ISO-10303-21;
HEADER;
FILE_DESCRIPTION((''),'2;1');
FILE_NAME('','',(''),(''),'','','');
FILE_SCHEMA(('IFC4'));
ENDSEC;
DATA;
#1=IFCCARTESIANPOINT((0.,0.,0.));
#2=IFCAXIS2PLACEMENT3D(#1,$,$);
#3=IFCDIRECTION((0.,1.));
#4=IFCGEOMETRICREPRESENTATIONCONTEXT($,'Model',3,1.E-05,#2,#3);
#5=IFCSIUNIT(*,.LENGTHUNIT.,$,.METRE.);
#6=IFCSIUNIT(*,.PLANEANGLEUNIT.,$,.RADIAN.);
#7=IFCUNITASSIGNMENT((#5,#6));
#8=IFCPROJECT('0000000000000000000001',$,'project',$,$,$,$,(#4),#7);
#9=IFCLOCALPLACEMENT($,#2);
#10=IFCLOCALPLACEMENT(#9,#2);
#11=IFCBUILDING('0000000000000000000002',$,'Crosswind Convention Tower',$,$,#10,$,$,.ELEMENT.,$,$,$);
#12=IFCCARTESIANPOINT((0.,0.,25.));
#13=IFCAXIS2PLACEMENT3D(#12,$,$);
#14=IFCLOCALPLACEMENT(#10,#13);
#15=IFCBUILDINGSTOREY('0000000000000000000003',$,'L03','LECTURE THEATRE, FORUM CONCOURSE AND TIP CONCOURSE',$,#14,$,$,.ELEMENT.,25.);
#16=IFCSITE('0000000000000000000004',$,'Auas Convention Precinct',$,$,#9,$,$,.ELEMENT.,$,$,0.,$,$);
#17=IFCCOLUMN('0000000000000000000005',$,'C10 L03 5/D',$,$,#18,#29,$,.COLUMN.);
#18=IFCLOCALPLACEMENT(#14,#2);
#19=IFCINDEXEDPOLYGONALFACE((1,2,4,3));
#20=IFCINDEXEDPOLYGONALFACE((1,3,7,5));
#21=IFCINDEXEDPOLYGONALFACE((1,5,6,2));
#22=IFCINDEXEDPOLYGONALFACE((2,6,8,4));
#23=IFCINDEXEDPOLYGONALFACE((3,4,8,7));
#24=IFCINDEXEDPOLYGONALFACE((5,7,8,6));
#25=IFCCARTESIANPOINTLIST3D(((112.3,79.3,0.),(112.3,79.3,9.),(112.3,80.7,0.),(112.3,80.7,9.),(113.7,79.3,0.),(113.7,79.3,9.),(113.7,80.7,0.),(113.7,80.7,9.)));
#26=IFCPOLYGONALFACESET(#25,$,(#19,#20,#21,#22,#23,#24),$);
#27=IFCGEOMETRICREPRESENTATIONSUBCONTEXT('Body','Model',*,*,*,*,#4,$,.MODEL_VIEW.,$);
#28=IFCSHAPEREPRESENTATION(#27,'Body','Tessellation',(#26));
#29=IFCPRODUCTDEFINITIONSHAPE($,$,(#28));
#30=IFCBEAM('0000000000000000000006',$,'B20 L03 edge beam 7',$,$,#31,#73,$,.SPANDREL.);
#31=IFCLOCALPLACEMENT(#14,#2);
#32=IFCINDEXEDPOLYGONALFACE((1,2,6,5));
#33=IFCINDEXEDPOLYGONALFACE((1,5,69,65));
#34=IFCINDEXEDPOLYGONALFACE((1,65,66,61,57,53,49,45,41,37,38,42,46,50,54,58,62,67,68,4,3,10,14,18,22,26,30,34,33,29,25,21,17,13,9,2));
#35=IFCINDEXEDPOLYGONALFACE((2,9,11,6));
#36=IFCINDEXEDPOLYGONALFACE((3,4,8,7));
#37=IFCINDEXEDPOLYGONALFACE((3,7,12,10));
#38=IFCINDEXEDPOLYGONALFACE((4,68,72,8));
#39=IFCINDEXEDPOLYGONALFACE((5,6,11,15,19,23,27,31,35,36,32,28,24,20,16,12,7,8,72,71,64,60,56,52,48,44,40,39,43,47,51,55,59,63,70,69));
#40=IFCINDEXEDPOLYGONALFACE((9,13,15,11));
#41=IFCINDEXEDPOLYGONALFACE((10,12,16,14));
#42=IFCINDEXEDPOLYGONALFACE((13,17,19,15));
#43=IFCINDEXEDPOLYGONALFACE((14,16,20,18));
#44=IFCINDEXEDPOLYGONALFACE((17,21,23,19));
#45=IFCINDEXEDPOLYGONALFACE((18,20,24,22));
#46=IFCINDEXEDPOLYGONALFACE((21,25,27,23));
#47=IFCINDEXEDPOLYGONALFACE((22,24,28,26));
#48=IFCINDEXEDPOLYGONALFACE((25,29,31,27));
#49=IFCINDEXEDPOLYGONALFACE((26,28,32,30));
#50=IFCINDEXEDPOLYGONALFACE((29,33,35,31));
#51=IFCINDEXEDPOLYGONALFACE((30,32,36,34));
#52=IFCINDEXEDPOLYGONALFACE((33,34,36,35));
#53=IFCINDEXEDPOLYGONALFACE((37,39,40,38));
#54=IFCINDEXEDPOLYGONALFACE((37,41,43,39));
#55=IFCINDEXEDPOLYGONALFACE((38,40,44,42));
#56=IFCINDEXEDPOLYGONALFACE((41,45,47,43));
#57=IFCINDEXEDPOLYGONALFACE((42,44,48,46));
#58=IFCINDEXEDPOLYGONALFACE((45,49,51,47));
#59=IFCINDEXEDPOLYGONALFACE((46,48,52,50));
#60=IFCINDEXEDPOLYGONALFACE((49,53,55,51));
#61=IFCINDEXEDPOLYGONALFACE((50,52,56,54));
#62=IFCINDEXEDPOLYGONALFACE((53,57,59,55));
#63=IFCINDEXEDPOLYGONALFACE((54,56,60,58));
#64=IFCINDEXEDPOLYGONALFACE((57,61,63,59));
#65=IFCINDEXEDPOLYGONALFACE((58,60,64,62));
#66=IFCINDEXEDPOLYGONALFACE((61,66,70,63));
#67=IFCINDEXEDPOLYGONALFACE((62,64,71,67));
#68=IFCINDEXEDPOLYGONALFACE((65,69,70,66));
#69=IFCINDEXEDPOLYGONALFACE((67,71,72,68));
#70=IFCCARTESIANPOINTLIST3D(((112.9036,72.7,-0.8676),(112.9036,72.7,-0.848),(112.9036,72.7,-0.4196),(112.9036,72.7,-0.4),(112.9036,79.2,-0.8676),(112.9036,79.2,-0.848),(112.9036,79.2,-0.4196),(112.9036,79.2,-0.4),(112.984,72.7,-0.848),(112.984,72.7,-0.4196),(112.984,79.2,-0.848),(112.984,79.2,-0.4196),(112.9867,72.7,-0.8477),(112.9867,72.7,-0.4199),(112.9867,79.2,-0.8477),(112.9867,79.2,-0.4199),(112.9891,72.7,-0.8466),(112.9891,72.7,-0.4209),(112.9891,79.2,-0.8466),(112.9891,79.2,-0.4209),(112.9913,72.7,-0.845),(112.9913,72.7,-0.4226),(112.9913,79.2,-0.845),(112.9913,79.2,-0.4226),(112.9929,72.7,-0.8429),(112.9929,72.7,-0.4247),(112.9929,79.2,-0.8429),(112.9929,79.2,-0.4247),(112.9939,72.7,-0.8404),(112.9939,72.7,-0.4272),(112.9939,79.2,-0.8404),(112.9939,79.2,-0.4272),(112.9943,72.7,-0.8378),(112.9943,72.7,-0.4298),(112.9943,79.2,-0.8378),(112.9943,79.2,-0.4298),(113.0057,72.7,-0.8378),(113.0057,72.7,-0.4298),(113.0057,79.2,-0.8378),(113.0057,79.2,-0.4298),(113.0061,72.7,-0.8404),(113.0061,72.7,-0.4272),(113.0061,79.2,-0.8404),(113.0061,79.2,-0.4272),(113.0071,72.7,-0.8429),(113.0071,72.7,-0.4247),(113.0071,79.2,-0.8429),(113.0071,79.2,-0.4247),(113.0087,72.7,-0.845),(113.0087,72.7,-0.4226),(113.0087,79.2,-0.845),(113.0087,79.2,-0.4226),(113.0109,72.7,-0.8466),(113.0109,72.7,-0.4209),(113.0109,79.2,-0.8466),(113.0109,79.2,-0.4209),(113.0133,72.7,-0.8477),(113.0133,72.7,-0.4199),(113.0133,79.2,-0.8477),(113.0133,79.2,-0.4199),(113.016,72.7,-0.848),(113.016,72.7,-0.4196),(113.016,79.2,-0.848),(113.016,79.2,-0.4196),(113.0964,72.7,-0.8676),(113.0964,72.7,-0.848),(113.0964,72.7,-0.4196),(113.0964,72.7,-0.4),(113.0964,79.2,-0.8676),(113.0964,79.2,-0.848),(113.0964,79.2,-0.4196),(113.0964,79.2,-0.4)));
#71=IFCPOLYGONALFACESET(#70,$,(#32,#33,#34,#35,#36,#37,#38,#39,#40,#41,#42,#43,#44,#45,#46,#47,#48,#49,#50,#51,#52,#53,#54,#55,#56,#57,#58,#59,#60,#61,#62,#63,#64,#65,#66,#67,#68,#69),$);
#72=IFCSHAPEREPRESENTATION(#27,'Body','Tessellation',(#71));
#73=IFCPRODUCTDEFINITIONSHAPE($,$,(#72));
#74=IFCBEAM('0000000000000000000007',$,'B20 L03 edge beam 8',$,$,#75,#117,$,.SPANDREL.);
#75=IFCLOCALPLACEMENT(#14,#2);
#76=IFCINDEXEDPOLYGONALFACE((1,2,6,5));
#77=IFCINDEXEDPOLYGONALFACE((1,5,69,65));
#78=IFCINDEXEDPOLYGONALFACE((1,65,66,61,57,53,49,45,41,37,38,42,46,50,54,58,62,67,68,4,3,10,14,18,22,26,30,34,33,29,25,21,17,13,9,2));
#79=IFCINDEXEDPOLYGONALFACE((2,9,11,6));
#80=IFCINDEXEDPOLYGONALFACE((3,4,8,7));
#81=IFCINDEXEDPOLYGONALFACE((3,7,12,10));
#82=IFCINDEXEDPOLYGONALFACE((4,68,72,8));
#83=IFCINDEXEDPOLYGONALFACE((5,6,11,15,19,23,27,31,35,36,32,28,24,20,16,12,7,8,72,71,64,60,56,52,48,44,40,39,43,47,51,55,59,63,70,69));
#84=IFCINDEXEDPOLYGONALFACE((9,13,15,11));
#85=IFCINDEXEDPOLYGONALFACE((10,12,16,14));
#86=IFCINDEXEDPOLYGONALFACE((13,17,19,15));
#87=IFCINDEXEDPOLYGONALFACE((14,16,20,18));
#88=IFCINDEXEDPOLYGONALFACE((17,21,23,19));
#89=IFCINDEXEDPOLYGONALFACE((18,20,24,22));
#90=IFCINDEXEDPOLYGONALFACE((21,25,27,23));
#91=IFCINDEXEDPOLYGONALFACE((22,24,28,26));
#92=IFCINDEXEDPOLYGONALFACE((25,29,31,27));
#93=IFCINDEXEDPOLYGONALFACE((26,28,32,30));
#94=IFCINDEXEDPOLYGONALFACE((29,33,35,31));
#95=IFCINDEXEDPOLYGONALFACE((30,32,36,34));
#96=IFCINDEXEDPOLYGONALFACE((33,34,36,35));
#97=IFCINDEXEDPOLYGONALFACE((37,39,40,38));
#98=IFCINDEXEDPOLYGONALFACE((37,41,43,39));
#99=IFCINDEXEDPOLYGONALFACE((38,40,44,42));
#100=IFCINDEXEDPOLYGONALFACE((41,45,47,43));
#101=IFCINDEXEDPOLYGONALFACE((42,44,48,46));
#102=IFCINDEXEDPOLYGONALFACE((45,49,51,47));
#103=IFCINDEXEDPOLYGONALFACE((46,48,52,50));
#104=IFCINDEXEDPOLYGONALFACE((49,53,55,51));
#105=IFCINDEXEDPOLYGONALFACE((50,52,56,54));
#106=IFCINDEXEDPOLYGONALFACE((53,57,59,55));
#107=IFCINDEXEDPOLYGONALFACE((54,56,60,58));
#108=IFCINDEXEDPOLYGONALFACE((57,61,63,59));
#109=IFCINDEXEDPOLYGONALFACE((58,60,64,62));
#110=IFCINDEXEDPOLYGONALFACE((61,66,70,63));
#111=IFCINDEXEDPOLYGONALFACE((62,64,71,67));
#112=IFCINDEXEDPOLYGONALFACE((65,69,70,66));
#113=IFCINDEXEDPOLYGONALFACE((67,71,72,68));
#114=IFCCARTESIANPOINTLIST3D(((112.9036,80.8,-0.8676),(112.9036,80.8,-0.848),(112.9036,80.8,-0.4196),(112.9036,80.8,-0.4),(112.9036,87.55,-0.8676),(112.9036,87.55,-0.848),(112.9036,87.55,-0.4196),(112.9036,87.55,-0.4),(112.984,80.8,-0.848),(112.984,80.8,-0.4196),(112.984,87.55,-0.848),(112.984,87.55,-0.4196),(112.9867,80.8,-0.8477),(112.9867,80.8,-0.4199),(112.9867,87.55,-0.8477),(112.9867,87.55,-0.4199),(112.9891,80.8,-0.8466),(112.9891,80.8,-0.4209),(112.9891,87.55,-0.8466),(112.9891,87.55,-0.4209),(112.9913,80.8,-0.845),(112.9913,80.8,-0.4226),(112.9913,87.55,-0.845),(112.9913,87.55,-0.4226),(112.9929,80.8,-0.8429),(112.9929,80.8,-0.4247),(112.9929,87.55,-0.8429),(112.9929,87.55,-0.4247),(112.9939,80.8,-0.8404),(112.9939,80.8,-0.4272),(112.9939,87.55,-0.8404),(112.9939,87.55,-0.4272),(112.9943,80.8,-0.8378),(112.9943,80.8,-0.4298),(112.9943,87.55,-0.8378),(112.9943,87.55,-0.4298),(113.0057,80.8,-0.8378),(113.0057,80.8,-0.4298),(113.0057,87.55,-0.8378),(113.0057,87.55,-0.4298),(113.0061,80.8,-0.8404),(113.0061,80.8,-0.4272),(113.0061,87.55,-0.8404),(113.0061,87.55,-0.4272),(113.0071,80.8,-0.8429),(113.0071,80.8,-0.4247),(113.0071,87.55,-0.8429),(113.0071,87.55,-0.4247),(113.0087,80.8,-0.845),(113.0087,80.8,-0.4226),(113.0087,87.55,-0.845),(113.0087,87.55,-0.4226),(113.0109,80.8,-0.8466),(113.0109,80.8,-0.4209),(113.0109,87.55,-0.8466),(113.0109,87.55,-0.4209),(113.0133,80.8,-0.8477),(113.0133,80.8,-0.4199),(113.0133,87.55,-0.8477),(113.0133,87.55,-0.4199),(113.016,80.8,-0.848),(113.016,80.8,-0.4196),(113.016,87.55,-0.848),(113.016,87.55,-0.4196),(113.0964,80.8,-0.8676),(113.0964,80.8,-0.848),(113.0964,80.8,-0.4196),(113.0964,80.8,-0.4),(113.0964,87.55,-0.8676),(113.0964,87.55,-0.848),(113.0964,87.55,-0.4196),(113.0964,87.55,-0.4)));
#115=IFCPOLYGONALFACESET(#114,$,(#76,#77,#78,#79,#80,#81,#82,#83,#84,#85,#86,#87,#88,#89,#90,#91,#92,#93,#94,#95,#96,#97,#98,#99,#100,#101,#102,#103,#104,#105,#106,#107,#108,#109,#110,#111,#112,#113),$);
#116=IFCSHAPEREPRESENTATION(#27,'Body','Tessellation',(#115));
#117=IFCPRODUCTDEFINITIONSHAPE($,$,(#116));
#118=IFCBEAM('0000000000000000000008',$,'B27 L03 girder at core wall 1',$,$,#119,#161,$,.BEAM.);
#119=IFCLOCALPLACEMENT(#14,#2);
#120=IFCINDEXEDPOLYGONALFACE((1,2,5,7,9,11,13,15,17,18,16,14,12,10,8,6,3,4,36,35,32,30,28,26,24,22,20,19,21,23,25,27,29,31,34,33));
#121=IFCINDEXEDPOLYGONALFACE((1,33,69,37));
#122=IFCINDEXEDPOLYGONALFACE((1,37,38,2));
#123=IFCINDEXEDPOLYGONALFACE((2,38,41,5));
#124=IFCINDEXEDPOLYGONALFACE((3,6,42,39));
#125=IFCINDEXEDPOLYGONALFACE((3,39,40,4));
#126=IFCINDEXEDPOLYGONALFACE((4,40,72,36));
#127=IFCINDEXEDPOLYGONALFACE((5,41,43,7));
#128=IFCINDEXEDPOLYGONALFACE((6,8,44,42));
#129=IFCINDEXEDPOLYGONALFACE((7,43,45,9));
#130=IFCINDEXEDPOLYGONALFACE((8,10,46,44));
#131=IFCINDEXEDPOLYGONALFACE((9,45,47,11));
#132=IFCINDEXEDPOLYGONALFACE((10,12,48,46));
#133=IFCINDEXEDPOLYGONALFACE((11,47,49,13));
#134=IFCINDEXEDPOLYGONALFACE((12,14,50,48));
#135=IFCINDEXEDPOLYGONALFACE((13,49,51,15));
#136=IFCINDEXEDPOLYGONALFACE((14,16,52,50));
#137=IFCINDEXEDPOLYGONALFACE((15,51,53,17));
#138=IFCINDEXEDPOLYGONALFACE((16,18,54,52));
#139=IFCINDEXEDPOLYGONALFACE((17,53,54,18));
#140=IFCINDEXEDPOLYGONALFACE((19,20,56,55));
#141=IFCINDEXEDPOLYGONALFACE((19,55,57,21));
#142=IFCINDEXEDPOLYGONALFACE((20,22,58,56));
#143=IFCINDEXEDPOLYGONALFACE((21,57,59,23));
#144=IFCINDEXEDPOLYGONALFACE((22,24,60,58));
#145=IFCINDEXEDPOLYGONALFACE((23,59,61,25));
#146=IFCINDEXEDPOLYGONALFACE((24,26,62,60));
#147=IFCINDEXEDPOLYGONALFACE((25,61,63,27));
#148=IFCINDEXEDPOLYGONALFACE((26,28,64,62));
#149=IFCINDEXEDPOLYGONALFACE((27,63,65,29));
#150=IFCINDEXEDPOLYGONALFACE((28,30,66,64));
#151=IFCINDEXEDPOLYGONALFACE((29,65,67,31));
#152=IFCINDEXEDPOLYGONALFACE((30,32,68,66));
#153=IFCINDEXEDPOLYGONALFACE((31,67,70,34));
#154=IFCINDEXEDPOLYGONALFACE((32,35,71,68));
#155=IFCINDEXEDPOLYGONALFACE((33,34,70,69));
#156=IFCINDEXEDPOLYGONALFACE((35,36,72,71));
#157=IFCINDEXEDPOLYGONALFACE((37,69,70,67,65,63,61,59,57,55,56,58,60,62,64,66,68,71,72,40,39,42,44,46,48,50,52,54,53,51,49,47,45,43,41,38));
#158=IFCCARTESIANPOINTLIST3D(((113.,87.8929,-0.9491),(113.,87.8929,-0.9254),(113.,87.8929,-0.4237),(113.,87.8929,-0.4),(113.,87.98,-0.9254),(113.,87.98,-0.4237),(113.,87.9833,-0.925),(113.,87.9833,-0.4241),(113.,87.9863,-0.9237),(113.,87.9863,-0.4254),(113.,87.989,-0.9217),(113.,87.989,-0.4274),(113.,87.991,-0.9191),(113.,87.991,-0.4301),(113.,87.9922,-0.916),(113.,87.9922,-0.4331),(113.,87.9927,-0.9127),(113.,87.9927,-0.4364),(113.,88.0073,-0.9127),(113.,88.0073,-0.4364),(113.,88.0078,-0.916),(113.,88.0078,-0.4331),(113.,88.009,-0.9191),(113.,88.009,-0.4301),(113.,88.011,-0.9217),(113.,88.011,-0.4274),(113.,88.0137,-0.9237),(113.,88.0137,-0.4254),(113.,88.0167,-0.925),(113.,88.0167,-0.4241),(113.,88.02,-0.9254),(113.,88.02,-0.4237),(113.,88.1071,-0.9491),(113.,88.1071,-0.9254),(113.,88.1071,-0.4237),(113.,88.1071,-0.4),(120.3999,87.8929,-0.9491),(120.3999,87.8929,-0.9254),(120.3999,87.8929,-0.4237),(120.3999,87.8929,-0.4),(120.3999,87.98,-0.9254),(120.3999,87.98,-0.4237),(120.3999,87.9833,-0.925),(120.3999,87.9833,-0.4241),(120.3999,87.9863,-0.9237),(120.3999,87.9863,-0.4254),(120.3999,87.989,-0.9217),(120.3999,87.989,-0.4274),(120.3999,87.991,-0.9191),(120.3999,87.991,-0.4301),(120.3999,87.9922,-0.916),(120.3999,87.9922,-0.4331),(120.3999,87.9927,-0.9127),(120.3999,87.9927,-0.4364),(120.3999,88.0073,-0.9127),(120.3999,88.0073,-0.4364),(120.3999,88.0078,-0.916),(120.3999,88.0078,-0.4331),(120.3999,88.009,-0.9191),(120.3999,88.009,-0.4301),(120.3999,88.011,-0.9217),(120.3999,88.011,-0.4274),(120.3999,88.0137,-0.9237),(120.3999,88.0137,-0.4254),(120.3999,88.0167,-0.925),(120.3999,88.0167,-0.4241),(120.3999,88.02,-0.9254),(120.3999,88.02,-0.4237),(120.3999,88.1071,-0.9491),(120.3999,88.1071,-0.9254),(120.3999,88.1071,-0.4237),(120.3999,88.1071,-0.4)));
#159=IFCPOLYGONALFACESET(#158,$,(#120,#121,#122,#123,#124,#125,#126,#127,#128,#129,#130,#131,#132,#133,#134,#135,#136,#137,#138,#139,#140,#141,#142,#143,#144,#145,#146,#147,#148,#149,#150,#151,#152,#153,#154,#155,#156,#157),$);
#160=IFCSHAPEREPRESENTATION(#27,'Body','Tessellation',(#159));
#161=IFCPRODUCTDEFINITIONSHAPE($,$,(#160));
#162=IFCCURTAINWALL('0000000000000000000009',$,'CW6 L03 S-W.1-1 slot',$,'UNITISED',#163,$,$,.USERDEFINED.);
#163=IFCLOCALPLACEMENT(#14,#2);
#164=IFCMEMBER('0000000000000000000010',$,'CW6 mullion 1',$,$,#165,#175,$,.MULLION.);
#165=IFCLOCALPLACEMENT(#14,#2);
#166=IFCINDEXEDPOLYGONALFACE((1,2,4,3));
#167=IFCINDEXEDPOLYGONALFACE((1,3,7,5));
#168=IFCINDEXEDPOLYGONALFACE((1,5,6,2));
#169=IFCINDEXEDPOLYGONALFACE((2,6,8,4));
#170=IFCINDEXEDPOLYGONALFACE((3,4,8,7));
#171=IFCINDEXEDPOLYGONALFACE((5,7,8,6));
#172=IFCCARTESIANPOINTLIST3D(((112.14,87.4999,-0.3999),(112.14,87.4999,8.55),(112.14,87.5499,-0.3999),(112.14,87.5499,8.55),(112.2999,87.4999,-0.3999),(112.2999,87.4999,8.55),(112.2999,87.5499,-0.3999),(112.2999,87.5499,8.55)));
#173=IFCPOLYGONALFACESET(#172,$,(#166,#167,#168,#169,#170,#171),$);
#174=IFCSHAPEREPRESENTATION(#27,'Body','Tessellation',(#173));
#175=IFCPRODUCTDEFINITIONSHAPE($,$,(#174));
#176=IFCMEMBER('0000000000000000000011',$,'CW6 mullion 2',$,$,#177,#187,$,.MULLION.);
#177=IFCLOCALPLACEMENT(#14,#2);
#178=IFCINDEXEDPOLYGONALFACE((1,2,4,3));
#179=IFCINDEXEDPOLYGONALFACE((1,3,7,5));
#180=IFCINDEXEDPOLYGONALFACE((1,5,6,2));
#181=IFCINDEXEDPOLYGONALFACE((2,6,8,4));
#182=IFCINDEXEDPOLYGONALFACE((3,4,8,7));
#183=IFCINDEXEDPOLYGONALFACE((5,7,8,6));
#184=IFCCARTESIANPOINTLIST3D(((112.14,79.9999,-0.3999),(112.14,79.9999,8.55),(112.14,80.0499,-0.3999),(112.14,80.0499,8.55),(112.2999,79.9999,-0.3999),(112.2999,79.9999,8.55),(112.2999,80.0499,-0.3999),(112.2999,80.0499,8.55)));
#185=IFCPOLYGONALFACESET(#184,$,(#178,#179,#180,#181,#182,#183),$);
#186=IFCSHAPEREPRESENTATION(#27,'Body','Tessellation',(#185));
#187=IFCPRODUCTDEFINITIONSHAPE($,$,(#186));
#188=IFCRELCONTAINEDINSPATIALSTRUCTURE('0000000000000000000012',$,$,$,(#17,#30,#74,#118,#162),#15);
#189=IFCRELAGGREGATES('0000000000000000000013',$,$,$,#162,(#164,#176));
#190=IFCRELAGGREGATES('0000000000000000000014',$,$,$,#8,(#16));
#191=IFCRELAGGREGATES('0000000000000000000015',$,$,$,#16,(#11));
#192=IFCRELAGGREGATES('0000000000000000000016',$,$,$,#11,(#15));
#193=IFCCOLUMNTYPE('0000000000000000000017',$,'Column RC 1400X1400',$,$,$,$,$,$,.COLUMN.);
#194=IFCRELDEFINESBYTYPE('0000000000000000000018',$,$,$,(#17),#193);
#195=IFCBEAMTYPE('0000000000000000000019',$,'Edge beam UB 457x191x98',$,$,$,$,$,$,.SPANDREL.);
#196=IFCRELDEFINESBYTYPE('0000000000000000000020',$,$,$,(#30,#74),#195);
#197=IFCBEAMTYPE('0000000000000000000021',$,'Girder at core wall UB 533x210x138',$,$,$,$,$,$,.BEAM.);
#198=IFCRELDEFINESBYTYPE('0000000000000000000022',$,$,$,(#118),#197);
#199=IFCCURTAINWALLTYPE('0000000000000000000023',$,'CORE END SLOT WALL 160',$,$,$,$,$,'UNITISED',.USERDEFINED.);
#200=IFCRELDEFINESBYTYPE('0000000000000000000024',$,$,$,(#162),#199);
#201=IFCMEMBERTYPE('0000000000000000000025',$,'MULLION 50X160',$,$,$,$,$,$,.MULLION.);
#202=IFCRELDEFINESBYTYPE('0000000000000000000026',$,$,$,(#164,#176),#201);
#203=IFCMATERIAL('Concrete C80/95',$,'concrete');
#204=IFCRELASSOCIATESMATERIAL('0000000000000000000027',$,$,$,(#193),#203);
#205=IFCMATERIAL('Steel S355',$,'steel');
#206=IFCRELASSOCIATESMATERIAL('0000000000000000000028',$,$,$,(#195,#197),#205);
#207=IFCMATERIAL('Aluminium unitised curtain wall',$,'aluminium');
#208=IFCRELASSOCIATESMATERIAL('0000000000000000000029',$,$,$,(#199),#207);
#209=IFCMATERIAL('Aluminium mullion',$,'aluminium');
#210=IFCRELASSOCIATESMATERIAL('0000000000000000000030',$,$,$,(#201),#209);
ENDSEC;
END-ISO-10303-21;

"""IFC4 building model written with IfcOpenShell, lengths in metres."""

from ifc_helpers import new_model, si_unit, direction, frame, origin, origin_2d, place, context, subcontext, project, spatial, rectangle, i_section, extrude, material, material_profile, profile_set, type_object, element, aggregate, save


model = new_model("IFC4")

# Units and contexts
model_context = context("Model", 3, precision=1e-05, world=origin(), true_north=direction((0.0, 1.0)))
body_context = subcontext(model_context, "Body", "Model", "MODEL_VIEW")
ifc_project = project(units=[si_unit("LENGTHUNIT", "METRE"), si_unit("PLANEANGLEUNIT", "RADIAN")], contexts=[model_context])

# Site, building, storey
site_placement = place(None, origin())
site = spatial("IfcSite", under=ifc_project, at=site_placement, Name="Auas Convention Precinct", CompositionType="ELEMENT", RefElevation=0.0)
building_placement = place(site_placement, origin())
building = spatial("IfcBuilding", under=site, at=building_placement, Name="Crosswind Convention Tower", CompositionType="ELEMENT")
storey_placement = place(building_placement, frame((0.0, 0.0, 25.0)))
storey = spatial("IfcBuildingStorey", under=building, at=storey_placement, Name="L03", Description="LECTURE THEATRE, FORUM CONCOURSE AND TIP CONCOURSE", CompositionType="ELEMENT", Elevation=25.0)

# Column
ifc_material_1 = material(Name="Concrete C80/95", Category="concrete")
ifc_material_profile_1 = material_profile(ifc_material_1, rectangle(XDim=1.3999, YDim=1.3999, at=origin_2d()), Name="RC 1400X1400")
ifc_profile_set_1 = profile_set([ifc_material_profile_1], Name="Concrete C80/95")
column_type = type_object("IfcColumnType", Name="Column RC 1400X1400", PredefinedType="COLUMN", material=ifc_profile_set_1)
column_placement = place(storey_placement, frame((113.0, 80.0, 0.0), z_axis=(0.0, 0.0, 1.0), x_axis=(1.0, 0.0, 0.0)))
element("IfcColumn", 1, at=column_placement, inside=storey, type_object=column_type, Name="C10 L03 5/D", PredefinedType="COLUMN", context=body_context, shape_type="SweptSolid", body=[
    extrude(rectangle(XDim=1.3999, YDim=1.3999, at=origin_2d()), origin(), (0.0, 0.0, 1.0), 9.0),
])

# Beams
ifc_material_2 = material(Name="Steel S355", Category="steel")
ifc_material_profile_2 = material_profile(ifc_material_2, i_section(OverallWidth=0.1929, OverallDepth=0.4675, WebThickness=0.0115, FlangeThickness=0.0195, FilletRadius=0.0103, at=origin_2d()), Name="UB 457x191x98")
ifc_profile_set_2 = profile_set([ifc_material_profile_2], Name="Steel S355")
beam_type_1 = type_object("IfcBeamType", Name="Edge beam UB 457x191x98", PredefinedType="SPANDREL", material=ifc_profile_set_2)
beam_1_placement = place(storey_placement, frame((113.0, 72.7, -0.6338), z_axis=(0.0, 1.0, 0.0), x_axis=(-1.0, 0.0, 0.0)))
element("IfcBeam", 2, at=beam_1_placement, inside=storey, type_object=beam_type_1, Name="B20 L03 edge beam 7", PredefinedType="SPANDREL", context=body_context, shape_type="SweptSolid", body=[
    extrude(i_section(OverallWidth=0.1929, OverallDepth=0.4675, WebThickness=0.0115, FlangeThickness=0.0195, FilletRadius=0.0103, at=origin_2d()), origin(), (0.0, 0.0, 1.0), 6.5),
])
beam_2_placement = place(storey_placement, frame((113.0, 80.8, -0.6338), z_axis=(0.0, 1.0, 0.0), x_axis=(-1.0, 0.0, 0.0)))
element("IfcBeam", 3, at=beam_2_placement, inside=storey, type_object=beam_type_1, Name="B20 L03 edge beam 8", PredefinedType="SPANDREL", context=body_context, shape_type="SweptSolid", body=[
    extrude(i_section(OverallWidth=0.1929, OverallDepth=0.4675, WebThickness=0.0115, FlangeThickness=0.0195, FilletRadius=0.0103, at=origin_2d()), origin(), (0.0, 0.0, 1.0), 6.75),
])
ifc_material_profile_3 = material_profile(ifc_material_2, i_section(OverallWidth=0.2141, OverallDepth=0.5491, WebThickness=0.0146, FlangeThickness=0.0237, FilletRadius=0.0127, at=origin_2d()), Name="UB 533x210x138")
ifc_profile_set_3 = profile_set([ifc_material_profile_3], Name="Steel S355")
beam_type_2 = type_object("IfcBeamType", Name="Girder at core wall UB 533x210x138", PredefinedType="BEAM", material=ifc_profile_set_3)
beam_3_placement = place(storey_placement, frame((113.0, 88.0, -0.6746), z_axis=(1.0, 0.0, 0.0), x_axis=(0.0, 1.0, 0.0)))
element("IfcBeam", 4, at=beam_3_placement, inside=storey, type_object=beam_type_2, Name="B27 L03 girder at core wall 1", PredefinedType="BEAM", context=body_context, shape_type="SweptSolid", body=[
    extrude(i_section(OverallWidth=0.2141, OverallDepth=0.5491, WebThickness=0.0146, FlangeThickness=0.0237, FilletRadius=0.0127, at=origin_2d()), origin(), (0.0, 0.0, 1.0), 7.3999),
])

# Curtain wall, members
ifc_material_3 = material(Name="Aluminium unitised curtain wall", Category="aluminium")
curtain_wall_type_1 = type_object("IfcCurtainWallType", Name="CORE END SLOT WALL 160", ElementType="UNITISED", PredefinedType="USERDEFINED", material=ifc_material_3)
curtain_wall_1_placement = place(storey_placement, origin())
curtain_wall_1 = element("IfcCurtainWall", 5, at=curtain_wall_1_placement, inside=storey, type_object=curtain_wall_type_1, Name="CW6 L03 S-W.1-1 slot", ObjectType="UNITISED", PredefinedType="USERDEFINED")
ifc_material_4 = material(Name="Aluminium mullion", Category="aluminium")
ifc_material_profile_4 = material_profile(ifc_material_4, rectangle(XDim=0.1599, YDim=0.05, at=origin_2d()), Name="AL 160X50")
ifc_profile_set_4 = profile_set([ifc_material_profile_4], Name="Aluminium mullion")
member_type_1 = type_object("IfcMemberType", Name="MULLION 50X160", PredefinedType="MULLION", material=ifc_profile_set_4)
member_1_placement = place(storey_placement, frame((112.22, 87.5249, -0.3999), z_axis=(0.0, 0.0, 1.0), x_axis=(-1.0, 0.0, 0.0)))
member_1 = element("IfcMember", 6, at=member_1_placement, type_object=member_type_1, Name="CW6 mullion 1", PredefinedType="MULLION", context=body_context, shape_type="SweptSolid", body=[
    extrude(rectangle(XDim=0.1599, YDim=0.05, at=origin_2d()), origin(), (0.0, 0.0, 1.0), 8.95),
])
member_2_placement = place(storey_placement, frame((112.22, 80.0249, -0.3999), z_axis=(0.0, 0.0, 1.0), x_axis=(-1.0, 0.0, 0.0)))
member_2 = element("IfcMember", 7, at=member_2_placement, type_object=member_type_1, Name="CW6 mullion 2", PredefinedType="MULLION", context=body_context, shape_type="SweptSolid", body=[
    extrude(rectangle(XDim=0.1599, YDim=0.05, at=origin_2d()), origin(), (0.0, 0.0, 1.0), 8.95),
])

aggregate(curtain_wall_1, [member_1, member_2])

save(model, "model.ifc")
